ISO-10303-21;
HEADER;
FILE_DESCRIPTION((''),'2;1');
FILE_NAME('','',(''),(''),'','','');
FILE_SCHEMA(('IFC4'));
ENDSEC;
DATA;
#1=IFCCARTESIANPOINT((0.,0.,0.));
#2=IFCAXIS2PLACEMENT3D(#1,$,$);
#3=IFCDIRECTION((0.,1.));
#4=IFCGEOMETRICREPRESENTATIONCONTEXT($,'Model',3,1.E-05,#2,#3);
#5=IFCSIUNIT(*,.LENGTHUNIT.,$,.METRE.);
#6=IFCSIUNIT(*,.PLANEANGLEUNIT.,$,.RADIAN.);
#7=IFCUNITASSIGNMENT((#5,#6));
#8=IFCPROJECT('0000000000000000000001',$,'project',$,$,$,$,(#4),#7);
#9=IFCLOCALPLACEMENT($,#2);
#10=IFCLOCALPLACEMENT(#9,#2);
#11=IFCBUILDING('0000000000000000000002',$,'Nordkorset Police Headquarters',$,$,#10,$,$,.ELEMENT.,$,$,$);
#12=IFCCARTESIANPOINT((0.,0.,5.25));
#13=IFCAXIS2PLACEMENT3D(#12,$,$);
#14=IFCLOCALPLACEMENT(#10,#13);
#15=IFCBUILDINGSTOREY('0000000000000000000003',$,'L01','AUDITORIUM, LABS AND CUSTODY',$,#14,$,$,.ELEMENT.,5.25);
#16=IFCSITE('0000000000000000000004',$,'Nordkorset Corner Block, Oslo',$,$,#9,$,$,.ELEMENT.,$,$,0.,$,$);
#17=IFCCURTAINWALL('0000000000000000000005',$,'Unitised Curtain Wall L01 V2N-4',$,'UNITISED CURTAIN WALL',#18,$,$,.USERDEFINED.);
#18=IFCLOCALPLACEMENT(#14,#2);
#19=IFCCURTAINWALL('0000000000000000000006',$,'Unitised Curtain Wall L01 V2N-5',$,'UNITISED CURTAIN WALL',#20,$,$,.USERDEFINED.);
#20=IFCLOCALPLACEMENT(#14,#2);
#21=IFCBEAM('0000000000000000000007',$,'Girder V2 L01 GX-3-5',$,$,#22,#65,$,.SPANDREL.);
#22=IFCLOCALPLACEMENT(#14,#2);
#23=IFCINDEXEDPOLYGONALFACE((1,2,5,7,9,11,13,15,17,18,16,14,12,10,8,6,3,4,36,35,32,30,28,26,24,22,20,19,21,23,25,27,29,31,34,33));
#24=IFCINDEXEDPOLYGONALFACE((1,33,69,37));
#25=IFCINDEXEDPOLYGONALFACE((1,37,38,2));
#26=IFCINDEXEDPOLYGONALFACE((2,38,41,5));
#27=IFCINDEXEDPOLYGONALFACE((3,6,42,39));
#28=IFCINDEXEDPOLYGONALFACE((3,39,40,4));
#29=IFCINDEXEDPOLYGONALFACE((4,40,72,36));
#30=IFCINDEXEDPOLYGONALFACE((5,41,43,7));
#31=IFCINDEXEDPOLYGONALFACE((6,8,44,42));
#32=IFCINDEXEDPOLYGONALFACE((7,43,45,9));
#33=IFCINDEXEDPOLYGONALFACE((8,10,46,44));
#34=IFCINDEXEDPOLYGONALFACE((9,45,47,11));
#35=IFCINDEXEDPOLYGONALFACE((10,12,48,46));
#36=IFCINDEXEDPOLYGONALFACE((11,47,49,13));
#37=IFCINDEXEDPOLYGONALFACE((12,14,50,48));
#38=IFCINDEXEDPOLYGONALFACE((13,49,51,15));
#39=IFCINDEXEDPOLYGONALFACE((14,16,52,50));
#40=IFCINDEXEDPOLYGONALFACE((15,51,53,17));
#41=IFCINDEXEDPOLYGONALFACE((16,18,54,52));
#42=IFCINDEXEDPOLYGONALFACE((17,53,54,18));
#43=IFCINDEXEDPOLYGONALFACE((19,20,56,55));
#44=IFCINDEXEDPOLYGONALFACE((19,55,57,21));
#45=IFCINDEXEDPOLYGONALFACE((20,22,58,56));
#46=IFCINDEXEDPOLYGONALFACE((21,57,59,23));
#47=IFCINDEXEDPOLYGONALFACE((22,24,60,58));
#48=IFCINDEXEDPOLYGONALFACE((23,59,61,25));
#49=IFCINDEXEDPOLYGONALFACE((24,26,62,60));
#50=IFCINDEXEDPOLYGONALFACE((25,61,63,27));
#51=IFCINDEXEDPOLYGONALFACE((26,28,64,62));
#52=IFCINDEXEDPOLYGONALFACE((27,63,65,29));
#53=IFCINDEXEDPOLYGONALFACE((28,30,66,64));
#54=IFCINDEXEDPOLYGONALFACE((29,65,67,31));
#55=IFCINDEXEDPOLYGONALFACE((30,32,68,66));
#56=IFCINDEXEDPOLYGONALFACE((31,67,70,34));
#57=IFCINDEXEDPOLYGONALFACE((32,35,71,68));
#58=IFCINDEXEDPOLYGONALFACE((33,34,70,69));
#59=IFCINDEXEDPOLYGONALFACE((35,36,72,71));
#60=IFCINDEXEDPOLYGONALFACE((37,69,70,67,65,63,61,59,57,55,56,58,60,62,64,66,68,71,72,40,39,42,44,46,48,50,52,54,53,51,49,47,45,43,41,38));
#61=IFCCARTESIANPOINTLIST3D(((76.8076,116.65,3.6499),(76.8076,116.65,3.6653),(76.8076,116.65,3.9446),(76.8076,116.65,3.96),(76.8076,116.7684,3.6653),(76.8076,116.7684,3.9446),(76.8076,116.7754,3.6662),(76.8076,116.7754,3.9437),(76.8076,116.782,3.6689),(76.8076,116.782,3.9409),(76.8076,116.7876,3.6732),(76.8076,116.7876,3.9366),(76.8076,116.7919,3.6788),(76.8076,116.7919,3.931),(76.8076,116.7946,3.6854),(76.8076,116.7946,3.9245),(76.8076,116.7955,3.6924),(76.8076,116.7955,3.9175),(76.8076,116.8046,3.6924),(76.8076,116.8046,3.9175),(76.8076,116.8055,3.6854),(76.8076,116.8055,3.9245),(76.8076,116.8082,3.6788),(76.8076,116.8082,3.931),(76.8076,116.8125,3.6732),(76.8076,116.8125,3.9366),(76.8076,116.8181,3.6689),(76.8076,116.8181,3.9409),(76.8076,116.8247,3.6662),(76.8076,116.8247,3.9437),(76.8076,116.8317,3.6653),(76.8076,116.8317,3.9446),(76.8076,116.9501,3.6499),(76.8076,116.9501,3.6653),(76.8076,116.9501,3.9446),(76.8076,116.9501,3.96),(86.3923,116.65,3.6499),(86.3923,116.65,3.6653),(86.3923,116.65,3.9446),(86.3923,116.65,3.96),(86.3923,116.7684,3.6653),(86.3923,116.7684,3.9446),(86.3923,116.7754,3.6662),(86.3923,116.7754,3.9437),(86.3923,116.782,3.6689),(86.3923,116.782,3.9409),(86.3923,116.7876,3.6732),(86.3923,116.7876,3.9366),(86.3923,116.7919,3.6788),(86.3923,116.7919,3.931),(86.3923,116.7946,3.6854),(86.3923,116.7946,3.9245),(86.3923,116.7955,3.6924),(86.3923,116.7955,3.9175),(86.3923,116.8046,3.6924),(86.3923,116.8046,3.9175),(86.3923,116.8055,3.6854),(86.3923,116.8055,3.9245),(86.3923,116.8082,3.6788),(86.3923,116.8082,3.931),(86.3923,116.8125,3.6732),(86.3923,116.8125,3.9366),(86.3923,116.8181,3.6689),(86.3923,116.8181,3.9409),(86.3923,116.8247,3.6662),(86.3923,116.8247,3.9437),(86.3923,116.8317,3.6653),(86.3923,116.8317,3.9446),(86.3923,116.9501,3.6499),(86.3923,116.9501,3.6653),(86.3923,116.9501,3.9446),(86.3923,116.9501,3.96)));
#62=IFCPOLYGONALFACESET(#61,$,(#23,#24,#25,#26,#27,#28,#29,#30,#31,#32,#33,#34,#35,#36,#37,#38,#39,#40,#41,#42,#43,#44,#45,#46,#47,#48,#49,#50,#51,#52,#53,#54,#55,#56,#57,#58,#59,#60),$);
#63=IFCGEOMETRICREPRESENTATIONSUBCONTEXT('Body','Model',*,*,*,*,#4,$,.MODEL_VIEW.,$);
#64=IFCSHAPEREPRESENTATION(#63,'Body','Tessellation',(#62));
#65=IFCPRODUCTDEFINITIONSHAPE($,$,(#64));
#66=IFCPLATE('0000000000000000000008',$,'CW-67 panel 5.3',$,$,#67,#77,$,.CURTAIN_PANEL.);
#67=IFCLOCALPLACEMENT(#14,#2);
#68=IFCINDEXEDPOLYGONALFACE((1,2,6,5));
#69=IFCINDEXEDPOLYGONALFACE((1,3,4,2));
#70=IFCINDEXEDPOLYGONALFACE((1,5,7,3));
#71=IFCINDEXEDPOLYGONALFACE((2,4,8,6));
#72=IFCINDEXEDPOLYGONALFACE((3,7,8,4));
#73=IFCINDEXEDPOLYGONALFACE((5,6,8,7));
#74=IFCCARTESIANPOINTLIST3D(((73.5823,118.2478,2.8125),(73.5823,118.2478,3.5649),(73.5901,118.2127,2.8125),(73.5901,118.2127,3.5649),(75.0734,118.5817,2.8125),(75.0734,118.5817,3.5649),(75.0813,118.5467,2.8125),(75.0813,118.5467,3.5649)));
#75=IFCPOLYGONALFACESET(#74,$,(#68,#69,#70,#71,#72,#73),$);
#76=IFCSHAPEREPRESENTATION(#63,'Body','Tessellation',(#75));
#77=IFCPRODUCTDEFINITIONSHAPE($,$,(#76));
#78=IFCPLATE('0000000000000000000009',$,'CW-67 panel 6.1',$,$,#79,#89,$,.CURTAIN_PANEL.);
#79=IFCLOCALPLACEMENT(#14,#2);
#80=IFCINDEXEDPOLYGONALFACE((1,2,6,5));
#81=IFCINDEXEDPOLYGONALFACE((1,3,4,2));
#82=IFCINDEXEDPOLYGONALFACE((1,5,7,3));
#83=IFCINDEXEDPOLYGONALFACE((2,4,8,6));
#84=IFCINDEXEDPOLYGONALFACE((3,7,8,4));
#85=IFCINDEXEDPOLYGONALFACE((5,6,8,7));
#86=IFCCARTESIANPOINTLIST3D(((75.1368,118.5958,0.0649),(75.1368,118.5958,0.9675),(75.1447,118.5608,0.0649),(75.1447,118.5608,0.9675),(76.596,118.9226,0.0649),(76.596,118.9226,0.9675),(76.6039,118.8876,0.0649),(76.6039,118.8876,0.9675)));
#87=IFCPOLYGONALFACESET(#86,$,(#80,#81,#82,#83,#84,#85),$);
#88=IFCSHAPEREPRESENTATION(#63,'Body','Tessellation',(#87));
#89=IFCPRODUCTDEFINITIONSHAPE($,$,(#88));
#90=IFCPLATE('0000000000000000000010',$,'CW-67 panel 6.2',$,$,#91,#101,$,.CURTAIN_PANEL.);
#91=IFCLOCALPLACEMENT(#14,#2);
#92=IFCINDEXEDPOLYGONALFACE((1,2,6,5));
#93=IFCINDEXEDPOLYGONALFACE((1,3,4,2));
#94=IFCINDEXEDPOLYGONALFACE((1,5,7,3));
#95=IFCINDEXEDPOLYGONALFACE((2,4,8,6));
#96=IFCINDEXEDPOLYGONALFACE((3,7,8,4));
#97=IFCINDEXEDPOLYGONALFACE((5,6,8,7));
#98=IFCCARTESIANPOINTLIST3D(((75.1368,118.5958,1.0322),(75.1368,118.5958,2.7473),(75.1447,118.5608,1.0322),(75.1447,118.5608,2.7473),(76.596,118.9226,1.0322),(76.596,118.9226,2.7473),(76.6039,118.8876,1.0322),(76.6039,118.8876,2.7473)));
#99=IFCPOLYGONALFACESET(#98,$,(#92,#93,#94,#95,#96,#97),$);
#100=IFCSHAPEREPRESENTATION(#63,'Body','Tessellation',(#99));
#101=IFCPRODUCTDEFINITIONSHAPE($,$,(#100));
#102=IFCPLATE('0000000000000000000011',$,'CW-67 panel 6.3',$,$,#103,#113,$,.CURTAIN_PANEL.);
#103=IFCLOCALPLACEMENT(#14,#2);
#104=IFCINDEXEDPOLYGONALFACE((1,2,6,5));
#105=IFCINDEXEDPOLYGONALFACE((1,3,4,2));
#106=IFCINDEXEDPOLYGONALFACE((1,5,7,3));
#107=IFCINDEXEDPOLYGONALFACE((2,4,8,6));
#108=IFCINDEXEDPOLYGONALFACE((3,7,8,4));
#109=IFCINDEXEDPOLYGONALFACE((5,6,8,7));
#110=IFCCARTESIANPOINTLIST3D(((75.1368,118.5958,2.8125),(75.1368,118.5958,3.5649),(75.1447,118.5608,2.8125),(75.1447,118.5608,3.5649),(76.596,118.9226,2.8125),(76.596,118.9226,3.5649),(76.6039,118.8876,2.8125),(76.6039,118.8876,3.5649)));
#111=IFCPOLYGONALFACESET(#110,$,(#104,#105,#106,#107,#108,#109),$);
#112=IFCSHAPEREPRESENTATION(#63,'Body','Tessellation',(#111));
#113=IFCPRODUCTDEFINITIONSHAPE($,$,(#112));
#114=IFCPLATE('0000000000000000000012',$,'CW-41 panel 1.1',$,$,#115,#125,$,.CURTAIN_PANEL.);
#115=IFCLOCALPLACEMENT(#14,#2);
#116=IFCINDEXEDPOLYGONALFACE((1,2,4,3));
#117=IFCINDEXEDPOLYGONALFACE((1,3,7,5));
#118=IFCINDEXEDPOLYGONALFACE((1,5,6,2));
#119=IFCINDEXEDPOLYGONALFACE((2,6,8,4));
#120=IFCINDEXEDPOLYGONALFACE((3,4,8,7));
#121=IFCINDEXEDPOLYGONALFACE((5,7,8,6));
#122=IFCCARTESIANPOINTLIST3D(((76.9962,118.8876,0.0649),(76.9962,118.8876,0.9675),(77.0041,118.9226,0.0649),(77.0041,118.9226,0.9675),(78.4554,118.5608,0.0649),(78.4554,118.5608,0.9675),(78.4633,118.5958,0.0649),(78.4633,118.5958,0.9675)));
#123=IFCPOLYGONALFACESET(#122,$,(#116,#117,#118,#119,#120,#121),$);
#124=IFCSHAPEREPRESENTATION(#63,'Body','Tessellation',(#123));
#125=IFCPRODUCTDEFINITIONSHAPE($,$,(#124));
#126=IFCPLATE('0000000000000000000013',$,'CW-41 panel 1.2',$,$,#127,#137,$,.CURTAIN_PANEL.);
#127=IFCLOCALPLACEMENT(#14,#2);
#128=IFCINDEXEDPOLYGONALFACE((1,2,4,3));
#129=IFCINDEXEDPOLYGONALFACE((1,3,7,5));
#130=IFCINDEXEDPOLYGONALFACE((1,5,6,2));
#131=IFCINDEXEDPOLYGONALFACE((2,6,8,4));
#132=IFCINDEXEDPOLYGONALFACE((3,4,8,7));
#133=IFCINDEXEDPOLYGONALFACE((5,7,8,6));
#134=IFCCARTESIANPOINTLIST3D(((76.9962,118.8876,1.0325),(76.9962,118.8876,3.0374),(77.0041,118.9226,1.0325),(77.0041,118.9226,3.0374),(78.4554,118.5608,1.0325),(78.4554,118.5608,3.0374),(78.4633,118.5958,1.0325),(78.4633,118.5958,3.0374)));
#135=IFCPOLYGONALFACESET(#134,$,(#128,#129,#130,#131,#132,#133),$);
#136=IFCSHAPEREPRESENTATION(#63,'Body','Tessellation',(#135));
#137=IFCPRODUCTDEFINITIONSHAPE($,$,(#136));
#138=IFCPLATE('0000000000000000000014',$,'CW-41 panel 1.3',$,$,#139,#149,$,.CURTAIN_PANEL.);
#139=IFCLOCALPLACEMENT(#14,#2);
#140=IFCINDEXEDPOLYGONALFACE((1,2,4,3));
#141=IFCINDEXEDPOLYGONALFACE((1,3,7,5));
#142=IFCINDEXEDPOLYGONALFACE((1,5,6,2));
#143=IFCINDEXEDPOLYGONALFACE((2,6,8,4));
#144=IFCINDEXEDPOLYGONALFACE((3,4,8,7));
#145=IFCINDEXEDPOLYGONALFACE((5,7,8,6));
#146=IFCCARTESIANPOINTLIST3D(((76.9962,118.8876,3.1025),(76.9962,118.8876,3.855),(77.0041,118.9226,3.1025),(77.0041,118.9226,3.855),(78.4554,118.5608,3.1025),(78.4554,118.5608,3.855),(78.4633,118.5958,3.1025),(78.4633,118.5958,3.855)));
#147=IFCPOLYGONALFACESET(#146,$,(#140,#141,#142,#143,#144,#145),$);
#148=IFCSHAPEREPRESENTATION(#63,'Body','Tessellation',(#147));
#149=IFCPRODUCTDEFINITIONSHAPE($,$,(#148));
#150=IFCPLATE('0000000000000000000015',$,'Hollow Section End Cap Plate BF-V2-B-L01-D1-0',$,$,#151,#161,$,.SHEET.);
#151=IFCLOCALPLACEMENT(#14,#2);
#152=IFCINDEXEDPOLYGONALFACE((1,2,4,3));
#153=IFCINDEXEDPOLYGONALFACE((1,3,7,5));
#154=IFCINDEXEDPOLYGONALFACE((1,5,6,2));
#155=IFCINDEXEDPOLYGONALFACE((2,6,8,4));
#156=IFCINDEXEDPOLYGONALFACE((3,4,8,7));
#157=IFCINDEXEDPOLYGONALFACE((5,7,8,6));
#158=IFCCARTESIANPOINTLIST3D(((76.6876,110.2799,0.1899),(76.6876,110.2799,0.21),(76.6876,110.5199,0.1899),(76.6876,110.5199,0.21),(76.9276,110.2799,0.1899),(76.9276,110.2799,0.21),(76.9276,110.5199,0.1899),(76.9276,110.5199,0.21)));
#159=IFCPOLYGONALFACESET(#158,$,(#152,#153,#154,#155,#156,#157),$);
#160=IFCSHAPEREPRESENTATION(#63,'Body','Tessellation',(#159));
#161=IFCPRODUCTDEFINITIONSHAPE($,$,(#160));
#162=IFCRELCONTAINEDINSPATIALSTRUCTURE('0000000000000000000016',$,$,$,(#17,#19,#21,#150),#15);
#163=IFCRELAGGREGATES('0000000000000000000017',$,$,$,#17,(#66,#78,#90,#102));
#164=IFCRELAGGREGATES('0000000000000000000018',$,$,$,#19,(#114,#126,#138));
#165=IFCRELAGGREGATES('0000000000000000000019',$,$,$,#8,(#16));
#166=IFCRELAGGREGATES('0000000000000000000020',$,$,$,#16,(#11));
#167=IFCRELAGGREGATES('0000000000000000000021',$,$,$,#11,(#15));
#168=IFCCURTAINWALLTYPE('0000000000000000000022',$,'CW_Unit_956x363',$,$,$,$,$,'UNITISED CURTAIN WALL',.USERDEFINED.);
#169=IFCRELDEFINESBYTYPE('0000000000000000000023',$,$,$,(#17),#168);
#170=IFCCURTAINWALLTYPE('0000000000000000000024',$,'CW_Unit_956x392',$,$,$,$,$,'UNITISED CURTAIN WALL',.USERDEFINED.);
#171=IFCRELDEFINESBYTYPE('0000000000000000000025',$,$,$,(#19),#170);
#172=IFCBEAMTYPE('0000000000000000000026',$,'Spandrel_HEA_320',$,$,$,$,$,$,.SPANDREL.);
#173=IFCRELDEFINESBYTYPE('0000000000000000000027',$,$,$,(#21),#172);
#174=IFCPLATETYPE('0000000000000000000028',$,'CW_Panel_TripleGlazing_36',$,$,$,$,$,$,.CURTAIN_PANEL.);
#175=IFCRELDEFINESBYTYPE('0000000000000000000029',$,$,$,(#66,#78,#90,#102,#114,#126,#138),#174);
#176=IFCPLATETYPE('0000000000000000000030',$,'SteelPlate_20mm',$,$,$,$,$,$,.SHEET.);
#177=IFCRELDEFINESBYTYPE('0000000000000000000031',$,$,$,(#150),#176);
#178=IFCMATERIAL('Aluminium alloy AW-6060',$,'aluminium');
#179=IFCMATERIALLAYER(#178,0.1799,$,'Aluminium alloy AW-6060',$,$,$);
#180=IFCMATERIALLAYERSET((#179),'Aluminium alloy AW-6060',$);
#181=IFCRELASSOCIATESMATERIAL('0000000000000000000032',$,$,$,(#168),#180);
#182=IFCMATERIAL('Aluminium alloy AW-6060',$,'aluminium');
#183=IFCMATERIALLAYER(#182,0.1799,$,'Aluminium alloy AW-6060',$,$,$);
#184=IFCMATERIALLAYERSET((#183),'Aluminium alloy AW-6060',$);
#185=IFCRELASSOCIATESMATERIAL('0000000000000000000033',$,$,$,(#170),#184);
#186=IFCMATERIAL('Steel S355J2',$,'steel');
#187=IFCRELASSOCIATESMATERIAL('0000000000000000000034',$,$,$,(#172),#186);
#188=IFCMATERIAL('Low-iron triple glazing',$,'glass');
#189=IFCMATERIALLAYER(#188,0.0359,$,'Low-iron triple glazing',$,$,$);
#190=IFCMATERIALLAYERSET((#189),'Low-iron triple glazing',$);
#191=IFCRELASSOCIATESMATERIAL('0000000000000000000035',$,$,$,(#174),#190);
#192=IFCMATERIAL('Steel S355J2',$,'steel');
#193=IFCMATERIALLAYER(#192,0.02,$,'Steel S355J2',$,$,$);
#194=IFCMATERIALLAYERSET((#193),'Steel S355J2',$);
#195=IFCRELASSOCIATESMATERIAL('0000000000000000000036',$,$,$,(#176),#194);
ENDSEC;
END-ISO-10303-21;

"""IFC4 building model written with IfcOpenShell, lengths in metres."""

from ifc_helpers import new_model, si_unit, direction, frame, origin, origin_2d, place, context, subcontext, project, spatial, rectangle, i_section, extrude, material, layer, layer_set, material_profile, profile_set, type_object, element, aggregate, save


model = new_model("IFC4")

# Units and contexts
model_context = context("Model", 3, precision=1e-05, world=origin(), true_north=direction((0.0, 1.0)))
body_context = subcontext(model_context, "Body", "Model", "MODEL_VIEW")
ifc_project = project(units=[si_unit("LENGTHUNIT", "METRE"), si_unit("PLANEANGLEUNIT", "RADIAN")], contexts=[model_context])

# Site, building, storey
site_placement = place(None, origin())
site = spatial("IfcSite", under=ifc_project, at=site_placement, Name="Nordkorset Corner Block, Oslo", CompositionType="ELEMENT", RefElevation=0.0)
building_placement = place(site_placement, origin())
building = spatial("IfcBuilding", under=site, at=building_placement, Name="Nordkorset Police Headquarters", CompositionType="ELEMENT")
storey_placement = place(building_placement, frame((0.0, 0.0, 5.25)))
storey = spatial("IfcBuildingStorey", under=building, at=storey_placement, Name="L01", Description="AUDITORIUM, LABS AND CUSTODY", CompositionType="ELEMENT", Elevation=5.25)

# Curtain walls
ifc_material_1 = material(Name="Aluminium alloy AW-6060", Category="aluminium")
ifc_layer_1 = layer(ifc_material_1, 0.1799, Name="Aluminium alloy AW-6060")
ifc_layer_set_1 = layer_set([ifc_layer_1], Name="Aluminium alloy AW-6060")
curtain_wall_type_1 = type_object("IfcCurtainWallType", Name="CW_Unit_956x363", ElementType="UNITISED CURTAIN WALL", PredefinedType="USERDEFINED", material=ifc_layer_set_1)
curtain_wall_1_placement = place(storey_placement, origin())
curtain_wall_1 = element("IfcCurtainWall", 1, at=curtain_wall_1_placement, inside=storey, type_object=curtain_wall_type_1, Name="Unitised Curtain Wall L01 V2N-4", ObjectType="UNITISED CURTAIN WALL", PredefinedType="USERDEFINED")
ifc_material_2 = material(Name="Aluminium alloy AW-6060", Category="aluminium")
ifc_layer_2 = layer(ifc_material_2, 0.1799, Name="Aluminium alloy AW-6060")
ifc_layer_set_2 = layer_set([ifc_layer_2], Name="Aluminium alloy AW-6060")
curtain_wall_type_2 = type_object("IfcCurtainWallType", Name="CW_Unit_956x392", ElementType="UNITISED CURTAIN WALL", PredefinedType="USERDEFINED", material=ifc_layer_set_2)
curtain_wall_2_placement = place(storey_placement, origin())
curtain_wall_2 = element("IfcCurtainWall", 2, at=curtain_wall_2_placement, inside=storey, type_object=curtain_wall_type_2, Name="Unitised Curtain Wall L01 V2N-5", ObjectType="UNITISED CURTAIN WALL", PredefinedType="USERDEFINED")

# Beam
ifc_material_3 = material(Name="Steel S355J2", Category="steel")
ifc_material_profile_1 = material_profile(ifc_material_3, i_section(OverallWidth=0.3, OverallDepth=0.3101, WebThickness=0.009, FlangeThickness=0.0154, FilletRadius=0.0271, at=origin_2d()), Name="HEA 320")
ifc_profile_set_1 = profile_set([ifc_material_profile_1], Name="Steel S355J2")
beam_type_1 = type_object("IfcBeamType", Name="Spandrel_HEA_320", PredefinedType="SPANDREL", material=ifc_profile_set_1)
beam_1_placement = place(storey_placement, frame((76.8076, 116.8, 3.8049), z_axis=(1.0, 0.0, 0.0), x_axis=(0.0, 1.0, 0.0)))
element("IfcBeam", 3, at=beam_1_placement, inside=storey, type_object=beam_type_1, Name="Girder V2 L01 GX-3-5", PredefinedType="SPANDREL", context=body_context, shape_type="SweptSolid", body=[
    extrude(i_section(OverallWidth=0.3, OverallDepth=0.3101, WebThickness=0.009, FlangeThickness=0.0154, FilletRadius=0.0271, at=origin_2d()), origin(), (0.0, 0.0, 1.0), 9.5847),
])

# Plates
ifc_material_4 = material(Name="Low-iron triple glazing", Category="glass")
ifc_layer_3 = layer(ifc_material_4, 0.0359, Name="Low-iron triple glazing")
ifc_layer_set_3 = layer_set([ifc_layer_3], Name="Low-iron triple glazing")
plate_type_1 = type_object("IfcPlateType", Name="CW_Panel_TripleGlazing_36", PredefinedType="CURTAIN_PANEL", material=ifc_layer_set_3)
plate_1_placement = place(storey_placement, frame((74.3318, 118.3972, 2.8125), z_axis=(0.0, 0.0, 1.0), x_axis=(0.975827, 0.218544, 0.0)))
plate_1 = element("IfcPlate", 4, at=plate_1_placement, type_object=plate_type_1, Name="CW-67 panel 5.3", PredefinedType="CURTAIN_PANEL", context=body_context, shape_type="SweptSolid", body=[
    extrude(rectangle(XDim=1.5281, YDim=0.0359, at=origin_2d()), origin(), (0.0, 0.0, 1.0), 0.7524),
])
plate_2_placement = place(storey_placement, frame((75.8704, 118.7417, 0.0649), z_axis=(0.0, 0.0, 1.0), x_axis=(0.975827, 0.218544, 0.0)))
plate_2 = element("IfcPlate", 5, at=plate_2_placement, type_object=plate_type_1, Name="CW-67 panel 6.1", PredefinedType="CURTAIN_PANEL", context=body_context, shape_type="SweptSolid", body=[
    extrude(rectangle(XDim=1.4954, YDim=0.0359, at=origin_2d()), origin(), (0.0, 0.0, 1.0), 0.9026),
])
plate_3_placement = place(storey_placement, frame((75.8704, 118.7417, 1.0322), z_axis=(0.0, 0.0, 1.0), x_axis=(0.975827, 0.218544, 0.0)))
plate_3 = element("IfcPlate", 6, at=plate_3_placement, type_object=plate_type_1, Name="CW-67 panel 6.2", PredefinedType="CURTAIN_PANEL", context=body_context, shape_type="SweptSolid", body=[
    extrude(rectangle(XDim=1.4954, YDim=0.0359, at=origin_2d()), origin(), (0.0, 0.0, 1.0), 1.7151),
])
plate_4_placement = place(storey_placement, frame((75.8704, 118.7417, 2.8125), z_axis=(0.0, 0.0, 1.0), x_axis=(0.975827, 0.218544, 0.0)))
plate_4 = element("IfcPlate", 7, at=plate_4_placement, type_object=plate_type_1, Name="CW-67 panel 6.3", PredefinedType="CURTAIN_PANEL", context=body_context, shape_type="SweptSolid", body=[
    extrude(rectangle(XDim=1.4954, YDim=0.0359, at=origin_2d()), origin(), (0.0, 0.0, 1.0), 0.7524),
])
aggregate(curtain_wall_1, [plate_1, plate_2, plate_3, plate_4])
plate_5_placement = place(storey_placement, frame((77.7297, 118.7417, 0.0649), z_axis=(0.0, 0.0, 1.0), x_axis=(0.975827, -0.218544, 0.0)))
plate_5 = element("IfcPlate", 8, at=plate_5_placement, type_object=plate_type_1, Name="CW-41 panel 1.1", PredefinedType="CURTAIN_PANEL", context=body_context, shape_type="SweptSolid", body=[
    extrude(rectangle(XDim=1.4954, YDim=0.0359, at=origin_2d()), origin(), (0.0, 0.0, 1.0), 0.9026),
])
plate_6_placement = place(storey_placement, frame((77.7297, 118.7417, 1.0325), z_axis=(0.0, 0.0, 1.0), x_axis=(0.975827, -0.218544, 0.0)))
plate_6 = element("IfcPlate", 9, at=plate_6_placement, type_object=plate_type_1, Name="CW-41 panel 1.2", PredefinedType="CURTAIN_PANEL", context=body_context, shape_type="SweptSolid", body=[
    extrude(rectangle(XDim=1.4954, YDim=0.0359, at=origin_2d()), origin(), (0.0, 0.0, 1.0), 2.0049),
])
plate_7_placement = place(storey_placement, frame((77.7297, 118.7417, 3.1025), z_axis=(0.0, 0.0, 1.0), x_axis=(0.975827, -0.218544, 0.0)))
plate_7 = element("IfcPlate", 10, at=plate_7_placement, type_object=plate_type_1, Name="CW-41 panel 1.3", PredefinedType="CURTAIN_PANEL", context=body_context, shape_type="SweptSolid", body=[
    extrude(rectangle(XDim=1.4954, YDim=0.0359, at=origin_2d()), origin(), (0.0, 0.0, 1.0), 0.7524),
])
aggregate(curtain_wall_2, [plate_5, plate_6, plate_7])
ifc_material_5 = material(Name="Steel S355J2", Category="steel")
ifc_layer_4 = layer(ifc_material_5, 0.02, Name="Steel S355J2")
ifc_layer_set_4 = layer_set([ifc_layer_4], Name="Steel S355J2")
plate_type_2 = type_object("IfcPlateType", Name="SteelPlate_20mm", PredefinedType="SHEET", material=ifc_layer_set_4)
plate_8_placement = place(storey_placement, frame((76.8076, 110.3999, 0.1899), z_axis=(0.0, 0.0, 1.0), x_axis=(1.0, 0.0, 0.0)))
element("IfcPlate", 11, at=plate_8_placement, inside=storey, type_object=plate_type_2, Name="Hollow Section End Cap Plate BF-V2-B-L01-D1-0", PredefinedType="SHEET", context=body_context, shape_type="SweptSolid", body=[
    extrude(rectangle(XDim=0.24, YDim=0.24, at=origin_2d()), origin(), (0.0, 0.0, 1.0), 0.02),
])

save(model, "model.ifc")
